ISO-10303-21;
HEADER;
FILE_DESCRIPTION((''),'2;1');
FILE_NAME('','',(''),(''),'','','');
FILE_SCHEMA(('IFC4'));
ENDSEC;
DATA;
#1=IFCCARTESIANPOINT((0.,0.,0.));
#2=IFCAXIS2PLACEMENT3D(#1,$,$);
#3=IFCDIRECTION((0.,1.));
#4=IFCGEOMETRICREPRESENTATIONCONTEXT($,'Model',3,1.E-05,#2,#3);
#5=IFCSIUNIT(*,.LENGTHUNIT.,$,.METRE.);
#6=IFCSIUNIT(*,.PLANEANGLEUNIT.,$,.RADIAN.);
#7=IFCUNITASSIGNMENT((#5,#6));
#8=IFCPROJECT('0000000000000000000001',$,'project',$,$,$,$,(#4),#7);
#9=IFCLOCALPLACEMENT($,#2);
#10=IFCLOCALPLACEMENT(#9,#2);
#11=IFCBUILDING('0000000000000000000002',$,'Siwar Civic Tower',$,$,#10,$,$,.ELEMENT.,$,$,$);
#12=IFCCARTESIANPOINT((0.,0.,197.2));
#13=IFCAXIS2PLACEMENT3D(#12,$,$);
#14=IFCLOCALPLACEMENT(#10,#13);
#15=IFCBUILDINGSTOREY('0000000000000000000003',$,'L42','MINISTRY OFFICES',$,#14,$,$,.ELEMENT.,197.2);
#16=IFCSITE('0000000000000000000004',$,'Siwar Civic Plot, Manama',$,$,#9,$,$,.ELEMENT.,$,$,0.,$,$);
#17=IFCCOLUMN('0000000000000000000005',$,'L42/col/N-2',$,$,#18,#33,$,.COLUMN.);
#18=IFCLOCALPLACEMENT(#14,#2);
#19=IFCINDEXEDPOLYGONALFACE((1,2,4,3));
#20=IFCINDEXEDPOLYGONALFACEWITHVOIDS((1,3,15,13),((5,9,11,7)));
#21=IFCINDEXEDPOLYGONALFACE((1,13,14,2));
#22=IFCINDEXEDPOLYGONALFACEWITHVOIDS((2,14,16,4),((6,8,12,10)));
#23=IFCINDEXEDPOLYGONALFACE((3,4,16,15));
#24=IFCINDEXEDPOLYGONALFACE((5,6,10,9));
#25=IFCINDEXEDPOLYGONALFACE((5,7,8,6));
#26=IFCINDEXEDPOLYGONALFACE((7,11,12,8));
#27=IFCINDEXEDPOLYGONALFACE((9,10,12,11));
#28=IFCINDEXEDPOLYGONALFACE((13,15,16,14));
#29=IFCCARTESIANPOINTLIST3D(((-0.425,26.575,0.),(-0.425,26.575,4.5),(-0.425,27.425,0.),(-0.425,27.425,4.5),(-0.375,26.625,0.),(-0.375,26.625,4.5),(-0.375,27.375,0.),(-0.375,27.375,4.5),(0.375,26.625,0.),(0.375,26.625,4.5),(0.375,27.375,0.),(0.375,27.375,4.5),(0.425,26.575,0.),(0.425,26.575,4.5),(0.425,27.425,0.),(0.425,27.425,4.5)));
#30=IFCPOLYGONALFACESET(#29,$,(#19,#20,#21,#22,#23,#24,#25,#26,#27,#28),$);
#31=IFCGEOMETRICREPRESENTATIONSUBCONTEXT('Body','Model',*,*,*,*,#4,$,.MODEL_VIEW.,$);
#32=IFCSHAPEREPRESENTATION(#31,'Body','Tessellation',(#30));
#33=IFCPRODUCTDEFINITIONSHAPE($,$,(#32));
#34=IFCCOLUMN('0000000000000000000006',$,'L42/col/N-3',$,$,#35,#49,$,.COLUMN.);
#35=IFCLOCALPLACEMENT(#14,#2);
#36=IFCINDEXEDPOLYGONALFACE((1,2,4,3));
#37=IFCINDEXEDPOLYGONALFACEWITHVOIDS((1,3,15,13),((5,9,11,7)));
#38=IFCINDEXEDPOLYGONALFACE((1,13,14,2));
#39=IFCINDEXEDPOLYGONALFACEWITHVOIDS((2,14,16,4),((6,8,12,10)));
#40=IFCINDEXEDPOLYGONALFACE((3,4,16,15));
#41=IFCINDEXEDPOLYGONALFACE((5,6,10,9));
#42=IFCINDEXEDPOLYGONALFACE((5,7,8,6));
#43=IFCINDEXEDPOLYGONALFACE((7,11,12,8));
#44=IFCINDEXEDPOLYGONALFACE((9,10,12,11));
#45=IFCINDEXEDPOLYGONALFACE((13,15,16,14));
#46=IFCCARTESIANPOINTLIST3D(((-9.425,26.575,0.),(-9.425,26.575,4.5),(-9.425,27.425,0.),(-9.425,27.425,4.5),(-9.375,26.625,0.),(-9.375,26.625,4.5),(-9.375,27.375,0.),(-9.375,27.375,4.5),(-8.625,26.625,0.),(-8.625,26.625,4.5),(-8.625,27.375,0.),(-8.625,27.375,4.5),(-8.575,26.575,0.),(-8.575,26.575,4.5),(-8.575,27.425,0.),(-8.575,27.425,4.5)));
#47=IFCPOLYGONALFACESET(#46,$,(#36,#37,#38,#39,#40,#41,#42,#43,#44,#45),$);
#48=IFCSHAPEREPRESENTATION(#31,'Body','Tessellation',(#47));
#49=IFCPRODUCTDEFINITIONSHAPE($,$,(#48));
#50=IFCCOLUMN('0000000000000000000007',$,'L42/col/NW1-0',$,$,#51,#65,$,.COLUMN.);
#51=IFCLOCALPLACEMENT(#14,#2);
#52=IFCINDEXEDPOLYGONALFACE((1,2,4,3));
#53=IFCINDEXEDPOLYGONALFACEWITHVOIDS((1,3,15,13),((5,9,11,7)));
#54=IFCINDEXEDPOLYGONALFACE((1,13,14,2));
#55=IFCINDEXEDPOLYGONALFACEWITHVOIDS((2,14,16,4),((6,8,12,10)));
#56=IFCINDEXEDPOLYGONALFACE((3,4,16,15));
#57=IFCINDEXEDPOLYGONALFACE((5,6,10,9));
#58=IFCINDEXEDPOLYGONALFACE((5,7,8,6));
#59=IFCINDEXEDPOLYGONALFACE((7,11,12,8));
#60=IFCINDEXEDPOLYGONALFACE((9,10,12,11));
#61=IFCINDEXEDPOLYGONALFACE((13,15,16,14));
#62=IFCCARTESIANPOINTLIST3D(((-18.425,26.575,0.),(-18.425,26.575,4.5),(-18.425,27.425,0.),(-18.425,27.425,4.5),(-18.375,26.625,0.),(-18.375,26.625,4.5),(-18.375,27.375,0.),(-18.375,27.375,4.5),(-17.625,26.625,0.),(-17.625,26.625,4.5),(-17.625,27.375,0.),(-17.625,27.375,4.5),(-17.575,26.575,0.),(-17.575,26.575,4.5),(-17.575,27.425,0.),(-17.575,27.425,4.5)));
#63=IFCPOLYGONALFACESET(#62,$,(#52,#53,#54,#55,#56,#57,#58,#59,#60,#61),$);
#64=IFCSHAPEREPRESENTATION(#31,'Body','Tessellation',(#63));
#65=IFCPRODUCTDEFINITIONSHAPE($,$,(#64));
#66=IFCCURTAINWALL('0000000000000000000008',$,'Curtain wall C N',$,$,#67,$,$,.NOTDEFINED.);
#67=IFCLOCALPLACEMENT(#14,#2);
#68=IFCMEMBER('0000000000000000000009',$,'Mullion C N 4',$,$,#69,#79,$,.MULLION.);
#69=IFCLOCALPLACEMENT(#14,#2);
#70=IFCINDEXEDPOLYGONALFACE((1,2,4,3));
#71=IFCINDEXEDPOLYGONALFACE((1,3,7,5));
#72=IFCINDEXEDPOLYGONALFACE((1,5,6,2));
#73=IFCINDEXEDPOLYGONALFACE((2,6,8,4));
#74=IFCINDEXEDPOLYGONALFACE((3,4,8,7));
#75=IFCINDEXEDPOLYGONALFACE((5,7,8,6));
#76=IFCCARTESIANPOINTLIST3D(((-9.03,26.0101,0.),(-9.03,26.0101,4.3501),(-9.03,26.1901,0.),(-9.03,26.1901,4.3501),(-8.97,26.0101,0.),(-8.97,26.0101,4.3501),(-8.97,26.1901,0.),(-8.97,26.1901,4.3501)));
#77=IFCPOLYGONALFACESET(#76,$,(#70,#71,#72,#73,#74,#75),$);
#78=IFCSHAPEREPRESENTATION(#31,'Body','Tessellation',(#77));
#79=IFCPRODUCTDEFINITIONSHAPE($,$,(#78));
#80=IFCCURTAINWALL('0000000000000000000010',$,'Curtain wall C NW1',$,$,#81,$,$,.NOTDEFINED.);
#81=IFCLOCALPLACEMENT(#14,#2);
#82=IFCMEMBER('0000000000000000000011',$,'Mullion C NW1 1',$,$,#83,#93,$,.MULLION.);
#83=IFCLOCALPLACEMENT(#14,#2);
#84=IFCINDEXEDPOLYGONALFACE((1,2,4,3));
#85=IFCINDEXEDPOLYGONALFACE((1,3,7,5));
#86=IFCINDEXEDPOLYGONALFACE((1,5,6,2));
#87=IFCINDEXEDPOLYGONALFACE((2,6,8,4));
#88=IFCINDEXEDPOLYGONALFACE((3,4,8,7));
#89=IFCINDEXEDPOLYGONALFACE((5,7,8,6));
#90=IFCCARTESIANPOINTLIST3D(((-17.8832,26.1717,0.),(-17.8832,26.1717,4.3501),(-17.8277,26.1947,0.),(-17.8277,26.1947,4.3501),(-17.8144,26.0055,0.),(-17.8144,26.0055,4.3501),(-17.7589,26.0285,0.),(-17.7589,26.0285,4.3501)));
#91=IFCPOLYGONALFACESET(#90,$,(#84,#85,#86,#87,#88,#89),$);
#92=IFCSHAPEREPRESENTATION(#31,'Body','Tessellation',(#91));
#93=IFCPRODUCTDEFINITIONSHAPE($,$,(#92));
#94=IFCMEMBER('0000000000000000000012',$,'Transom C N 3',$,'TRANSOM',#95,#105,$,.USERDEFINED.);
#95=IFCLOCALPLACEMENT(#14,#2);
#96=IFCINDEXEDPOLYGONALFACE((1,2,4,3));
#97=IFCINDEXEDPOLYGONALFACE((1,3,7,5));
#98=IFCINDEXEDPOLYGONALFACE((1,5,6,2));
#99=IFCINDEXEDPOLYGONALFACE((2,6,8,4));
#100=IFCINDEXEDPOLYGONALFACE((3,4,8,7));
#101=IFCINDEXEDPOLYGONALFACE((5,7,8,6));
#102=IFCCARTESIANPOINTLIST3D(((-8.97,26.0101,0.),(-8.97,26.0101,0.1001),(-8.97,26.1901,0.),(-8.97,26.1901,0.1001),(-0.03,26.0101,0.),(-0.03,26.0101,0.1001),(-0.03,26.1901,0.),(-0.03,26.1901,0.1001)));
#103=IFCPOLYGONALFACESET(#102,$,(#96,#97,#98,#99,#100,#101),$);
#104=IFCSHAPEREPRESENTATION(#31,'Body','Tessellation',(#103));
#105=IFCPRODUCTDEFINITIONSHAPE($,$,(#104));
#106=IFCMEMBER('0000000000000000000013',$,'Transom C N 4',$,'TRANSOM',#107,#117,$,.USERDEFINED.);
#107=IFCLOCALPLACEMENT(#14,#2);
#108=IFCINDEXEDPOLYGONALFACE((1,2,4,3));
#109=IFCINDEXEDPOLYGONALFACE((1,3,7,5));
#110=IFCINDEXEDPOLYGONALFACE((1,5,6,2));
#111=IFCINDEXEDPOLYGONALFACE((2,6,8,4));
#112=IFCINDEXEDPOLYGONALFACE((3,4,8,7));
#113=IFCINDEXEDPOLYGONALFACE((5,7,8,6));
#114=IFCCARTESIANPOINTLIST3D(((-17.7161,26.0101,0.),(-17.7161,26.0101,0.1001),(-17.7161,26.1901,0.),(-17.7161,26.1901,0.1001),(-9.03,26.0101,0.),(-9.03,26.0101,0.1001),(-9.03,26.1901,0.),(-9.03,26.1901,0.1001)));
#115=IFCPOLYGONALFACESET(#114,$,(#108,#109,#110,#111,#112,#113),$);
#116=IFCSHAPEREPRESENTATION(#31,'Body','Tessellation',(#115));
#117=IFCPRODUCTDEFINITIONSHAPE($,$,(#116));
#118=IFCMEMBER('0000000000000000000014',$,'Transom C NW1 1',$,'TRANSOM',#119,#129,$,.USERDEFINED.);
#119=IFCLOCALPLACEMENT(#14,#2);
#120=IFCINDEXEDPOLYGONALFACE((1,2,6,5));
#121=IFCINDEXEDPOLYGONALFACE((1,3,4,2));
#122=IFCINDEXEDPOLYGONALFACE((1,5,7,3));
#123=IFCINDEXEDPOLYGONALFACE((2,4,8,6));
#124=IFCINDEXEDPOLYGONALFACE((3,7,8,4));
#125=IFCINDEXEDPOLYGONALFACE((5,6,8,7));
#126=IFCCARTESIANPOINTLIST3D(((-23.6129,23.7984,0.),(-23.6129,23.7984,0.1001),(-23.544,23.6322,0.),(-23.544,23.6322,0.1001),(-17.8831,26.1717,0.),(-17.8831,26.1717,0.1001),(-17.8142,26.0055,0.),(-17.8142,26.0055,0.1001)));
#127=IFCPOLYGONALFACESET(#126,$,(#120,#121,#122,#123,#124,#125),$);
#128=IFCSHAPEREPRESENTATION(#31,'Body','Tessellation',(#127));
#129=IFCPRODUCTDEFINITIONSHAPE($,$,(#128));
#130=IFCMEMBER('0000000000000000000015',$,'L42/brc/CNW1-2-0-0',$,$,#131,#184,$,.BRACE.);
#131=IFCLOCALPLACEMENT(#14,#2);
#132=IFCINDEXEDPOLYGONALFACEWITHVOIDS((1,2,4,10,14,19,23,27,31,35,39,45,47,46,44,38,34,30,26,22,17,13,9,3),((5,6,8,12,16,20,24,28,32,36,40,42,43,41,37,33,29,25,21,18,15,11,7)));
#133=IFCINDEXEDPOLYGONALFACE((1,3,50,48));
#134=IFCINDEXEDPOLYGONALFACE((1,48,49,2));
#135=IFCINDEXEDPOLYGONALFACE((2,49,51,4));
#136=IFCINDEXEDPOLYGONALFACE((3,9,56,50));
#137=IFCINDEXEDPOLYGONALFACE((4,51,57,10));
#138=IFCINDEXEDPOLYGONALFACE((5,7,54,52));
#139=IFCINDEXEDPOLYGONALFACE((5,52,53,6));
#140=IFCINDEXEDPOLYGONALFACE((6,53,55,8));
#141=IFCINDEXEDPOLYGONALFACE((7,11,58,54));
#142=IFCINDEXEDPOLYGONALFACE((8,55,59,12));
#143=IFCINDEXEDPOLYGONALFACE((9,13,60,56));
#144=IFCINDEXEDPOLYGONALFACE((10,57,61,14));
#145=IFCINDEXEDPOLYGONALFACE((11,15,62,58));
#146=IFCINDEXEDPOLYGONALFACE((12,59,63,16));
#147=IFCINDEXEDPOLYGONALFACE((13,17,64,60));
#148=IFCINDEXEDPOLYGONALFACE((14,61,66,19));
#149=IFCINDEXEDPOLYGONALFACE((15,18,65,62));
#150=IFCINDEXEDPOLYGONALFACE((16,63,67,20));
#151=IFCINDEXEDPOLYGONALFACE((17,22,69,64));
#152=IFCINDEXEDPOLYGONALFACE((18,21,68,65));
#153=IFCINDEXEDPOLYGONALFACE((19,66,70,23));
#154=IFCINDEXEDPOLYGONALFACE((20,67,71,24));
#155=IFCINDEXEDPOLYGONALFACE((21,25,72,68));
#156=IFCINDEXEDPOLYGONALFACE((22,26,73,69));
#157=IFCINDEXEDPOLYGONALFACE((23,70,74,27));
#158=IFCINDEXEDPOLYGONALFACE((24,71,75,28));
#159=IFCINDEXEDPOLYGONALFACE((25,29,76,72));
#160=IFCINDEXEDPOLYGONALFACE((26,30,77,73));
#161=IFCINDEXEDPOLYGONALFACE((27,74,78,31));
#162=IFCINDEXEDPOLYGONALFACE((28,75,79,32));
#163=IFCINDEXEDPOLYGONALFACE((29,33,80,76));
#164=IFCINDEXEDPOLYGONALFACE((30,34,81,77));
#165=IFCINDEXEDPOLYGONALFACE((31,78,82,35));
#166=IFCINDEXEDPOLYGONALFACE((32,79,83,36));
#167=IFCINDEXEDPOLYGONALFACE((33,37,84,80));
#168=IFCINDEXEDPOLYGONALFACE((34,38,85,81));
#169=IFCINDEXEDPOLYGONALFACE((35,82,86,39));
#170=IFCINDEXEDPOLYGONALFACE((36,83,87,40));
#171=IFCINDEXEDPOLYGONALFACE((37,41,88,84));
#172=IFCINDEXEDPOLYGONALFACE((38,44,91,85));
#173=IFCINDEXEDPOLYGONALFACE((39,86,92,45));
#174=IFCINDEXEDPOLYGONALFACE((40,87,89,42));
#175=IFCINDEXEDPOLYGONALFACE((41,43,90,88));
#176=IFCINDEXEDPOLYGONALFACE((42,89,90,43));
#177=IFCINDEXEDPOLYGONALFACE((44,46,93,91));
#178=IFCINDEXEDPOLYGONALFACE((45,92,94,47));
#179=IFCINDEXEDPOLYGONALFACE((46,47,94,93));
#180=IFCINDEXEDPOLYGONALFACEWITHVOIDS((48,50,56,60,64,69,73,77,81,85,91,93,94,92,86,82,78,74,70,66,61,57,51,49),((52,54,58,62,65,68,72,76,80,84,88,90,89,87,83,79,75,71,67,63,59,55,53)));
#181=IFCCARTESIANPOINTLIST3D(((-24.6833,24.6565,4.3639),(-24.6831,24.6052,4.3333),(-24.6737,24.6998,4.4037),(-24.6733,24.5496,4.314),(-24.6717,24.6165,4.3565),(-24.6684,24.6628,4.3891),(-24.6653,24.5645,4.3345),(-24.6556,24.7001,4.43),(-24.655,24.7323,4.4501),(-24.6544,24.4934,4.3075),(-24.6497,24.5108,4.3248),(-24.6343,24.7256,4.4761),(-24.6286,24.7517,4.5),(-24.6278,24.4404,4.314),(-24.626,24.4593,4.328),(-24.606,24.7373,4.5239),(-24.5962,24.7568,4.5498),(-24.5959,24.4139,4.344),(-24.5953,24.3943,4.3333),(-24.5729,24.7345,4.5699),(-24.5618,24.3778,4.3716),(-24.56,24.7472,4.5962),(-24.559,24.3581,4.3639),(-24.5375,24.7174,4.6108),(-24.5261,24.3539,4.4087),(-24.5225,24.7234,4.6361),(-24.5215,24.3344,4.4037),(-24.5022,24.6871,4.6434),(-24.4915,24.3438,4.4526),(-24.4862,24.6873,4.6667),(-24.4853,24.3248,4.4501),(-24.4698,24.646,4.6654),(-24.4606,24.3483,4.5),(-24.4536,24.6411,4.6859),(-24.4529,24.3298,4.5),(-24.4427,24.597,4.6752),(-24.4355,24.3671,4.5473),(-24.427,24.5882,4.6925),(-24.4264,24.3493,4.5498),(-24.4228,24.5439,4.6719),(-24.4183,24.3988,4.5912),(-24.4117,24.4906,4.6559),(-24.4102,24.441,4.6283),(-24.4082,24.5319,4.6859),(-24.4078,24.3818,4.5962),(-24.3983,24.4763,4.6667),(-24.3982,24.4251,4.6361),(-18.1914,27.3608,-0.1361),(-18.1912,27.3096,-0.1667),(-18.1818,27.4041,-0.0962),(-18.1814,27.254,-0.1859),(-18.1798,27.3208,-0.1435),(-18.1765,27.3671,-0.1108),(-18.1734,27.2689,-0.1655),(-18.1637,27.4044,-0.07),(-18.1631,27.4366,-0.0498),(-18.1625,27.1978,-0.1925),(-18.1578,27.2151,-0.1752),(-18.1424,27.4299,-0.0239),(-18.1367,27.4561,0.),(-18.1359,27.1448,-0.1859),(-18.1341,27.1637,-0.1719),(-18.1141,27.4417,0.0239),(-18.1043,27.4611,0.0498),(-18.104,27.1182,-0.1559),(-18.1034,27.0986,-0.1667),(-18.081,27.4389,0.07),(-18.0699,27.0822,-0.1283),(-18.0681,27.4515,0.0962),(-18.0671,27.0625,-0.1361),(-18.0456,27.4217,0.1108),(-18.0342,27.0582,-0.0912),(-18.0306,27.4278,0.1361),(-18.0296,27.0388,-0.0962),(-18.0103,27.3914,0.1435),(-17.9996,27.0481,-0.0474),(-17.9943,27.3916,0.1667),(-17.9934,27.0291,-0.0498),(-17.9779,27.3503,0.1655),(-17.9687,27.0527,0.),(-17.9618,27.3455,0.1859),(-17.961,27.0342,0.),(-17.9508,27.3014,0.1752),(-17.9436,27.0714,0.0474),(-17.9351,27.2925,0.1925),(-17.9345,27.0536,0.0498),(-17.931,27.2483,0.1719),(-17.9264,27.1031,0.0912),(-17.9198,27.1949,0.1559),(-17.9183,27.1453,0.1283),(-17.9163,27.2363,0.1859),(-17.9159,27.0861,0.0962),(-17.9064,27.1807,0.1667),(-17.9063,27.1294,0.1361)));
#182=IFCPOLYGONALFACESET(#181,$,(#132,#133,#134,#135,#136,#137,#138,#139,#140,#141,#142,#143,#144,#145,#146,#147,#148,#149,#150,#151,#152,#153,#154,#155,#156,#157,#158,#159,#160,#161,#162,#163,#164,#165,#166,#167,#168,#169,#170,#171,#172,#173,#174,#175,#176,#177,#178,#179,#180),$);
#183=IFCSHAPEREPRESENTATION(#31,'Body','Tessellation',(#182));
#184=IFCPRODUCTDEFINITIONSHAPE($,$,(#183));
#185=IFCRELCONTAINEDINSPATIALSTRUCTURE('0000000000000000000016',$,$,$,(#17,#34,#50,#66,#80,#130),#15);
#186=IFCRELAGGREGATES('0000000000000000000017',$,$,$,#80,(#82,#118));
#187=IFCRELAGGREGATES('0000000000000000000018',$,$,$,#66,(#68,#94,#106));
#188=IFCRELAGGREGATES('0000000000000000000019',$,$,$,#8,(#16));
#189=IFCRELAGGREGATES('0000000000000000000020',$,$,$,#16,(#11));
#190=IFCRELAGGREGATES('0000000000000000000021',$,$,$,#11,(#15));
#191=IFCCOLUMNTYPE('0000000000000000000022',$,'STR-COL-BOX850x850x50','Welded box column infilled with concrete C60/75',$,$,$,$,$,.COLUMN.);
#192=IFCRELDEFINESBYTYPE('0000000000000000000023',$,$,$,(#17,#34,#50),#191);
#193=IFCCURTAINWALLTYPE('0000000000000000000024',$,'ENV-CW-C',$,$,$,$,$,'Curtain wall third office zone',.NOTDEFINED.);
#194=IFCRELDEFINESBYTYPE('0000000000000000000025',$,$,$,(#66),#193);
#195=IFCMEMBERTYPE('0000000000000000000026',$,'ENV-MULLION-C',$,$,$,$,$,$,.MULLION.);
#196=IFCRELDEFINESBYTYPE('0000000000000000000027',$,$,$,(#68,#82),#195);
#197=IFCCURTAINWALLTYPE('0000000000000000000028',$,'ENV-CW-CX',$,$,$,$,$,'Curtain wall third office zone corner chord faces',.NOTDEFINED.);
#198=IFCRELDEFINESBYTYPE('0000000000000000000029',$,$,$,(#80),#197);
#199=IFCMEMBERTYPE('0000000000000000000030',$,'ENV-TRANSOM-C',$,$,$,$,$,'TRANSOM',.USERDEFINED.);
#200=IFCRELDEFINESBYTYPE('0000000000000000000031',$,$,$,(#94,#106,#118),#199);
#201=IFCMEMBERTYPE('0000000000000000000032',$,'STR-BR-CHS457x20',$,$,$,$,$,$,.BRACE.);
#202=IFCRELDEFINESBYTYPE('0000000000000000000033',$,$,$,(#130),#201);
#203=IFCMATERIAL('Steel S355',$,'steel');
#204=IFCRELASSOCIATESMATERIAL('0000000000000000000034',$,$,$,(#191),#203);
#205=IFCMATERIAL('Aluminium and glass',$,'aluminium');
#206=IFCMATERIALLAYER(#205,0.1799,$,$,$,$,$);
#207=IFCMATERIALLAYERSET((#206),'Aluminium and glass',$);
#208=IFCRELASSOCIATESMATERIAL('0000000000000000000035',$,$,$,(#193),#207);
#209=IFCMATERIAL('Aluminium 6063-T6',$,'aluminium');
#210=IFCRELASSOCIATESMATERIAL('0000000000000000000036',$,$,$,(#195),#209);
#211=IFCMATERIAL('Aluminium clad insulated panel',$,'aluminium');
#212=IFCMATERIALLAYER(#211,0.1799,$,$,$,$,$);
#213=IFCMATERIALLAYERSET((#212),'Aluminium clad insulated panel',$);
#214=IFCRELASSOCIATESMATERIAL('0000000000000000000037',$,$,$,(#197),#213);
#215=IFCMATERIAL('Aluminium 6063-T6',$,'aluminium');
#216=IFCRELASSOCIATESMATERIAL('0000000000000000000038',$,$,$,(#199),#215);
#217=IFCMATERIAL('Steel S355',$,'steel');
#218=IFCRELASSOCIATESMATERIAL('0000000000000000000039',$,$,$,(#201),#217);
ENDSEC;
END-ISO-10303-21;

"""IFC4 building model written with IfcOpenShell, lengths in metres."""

from ifc_helpers import new_model, si_unit, direction, frame, origin, origin_2d, place, context, subcontext, project, spatial, rectangle, hollow_rectangle, hollow_circle, extrude, material, layer, layer_set, material_profile, profile_set, type_object, element, aggregate, save


model = new_model("IFC4")

# Units and contexts
model_context = context("Model", 3, precision=1e-05, world=origin(), true_north=direction((0.0, 1.0)))
body_context = subcontext(model_context, "Body", "Model", "MODEL_VIEW")
ifc_project = project(units=[si_unit("LENGTHUNIT", "METRE"), si_unit("PLANEANGLEUNIT", "RADIAN")], contexts=[model_context])

# Site, building, storey
site_placement = place(None, origin())
site = spatial("IfcSite", under=ifc_project, at=site_placement, Name="Siwar Civic Plot, Manama", CompositionType="ELEMENT", RefElevation=0.0)
building_placement = place(site_placement, origin())
building = spatial("IfcBuilding", under=site, at=building_placement, Name="Siwar Civic Tower", CompositionType="ELEMENT")
storey_placement = place(building_placement, frame((0.0, 0.0, 197.2)))
storey = spatial("IfcBuildingStorey", under=building, at=storey_placement, Name="L42", Description="MINISTRY OFFICES", CompositionType="ELEMENT", Elevation=197.2)

# Columns
ifc_material_1 = material(Name="Steel S355", Category="steel")
ifc_material_profile_1 = material_profile(ifc_material_1, hollow_rectangle(XDim=0.8501, YDim=0.8501, WallThickness=0.05, at=origin_2d()), Name="BOX850x850x50")
ifc_profile_set_1 = profile_set([ifc_material_profile_1], Name="Steel S355")
column_type = type_object("IfcColumnType", Name="STR-COL-BOX850x850x50", Description="Welded box column infilled with concrete C60/75", PredefinedType="COLUMN", material=ifc_profile_set_1)
for number, where, z_axis, x_axis, name in (
    (1, (0.0, 27.0, 0.0), (0.0, 0.0, 1.0), (1.0, 0.0, 0.0), "L42/col/N-2"),
    (2, (-9.0, 27.0, 0.0), (0.0, 0.0, 1.0), (1.0, 0.0, 0.0), "L42/col/N-3"),
    (3, (-18.0, 27.0, 0.0), (0.0, 0.0, 1.0), (1.0, 0.0, 0.0), "L42/col/NW1-0"),
):
    element("IfcColumn", number, at=place(storey_placement, frame(where, z_axis=z_axis, x_axis=x_axis)), inside=storey, type_object=column_type, Name=name, PredefinedType="COLUMN", context=body_context, shape_type="SweptSolid", body=[
        extrude(hollow_rectangle(XDim=0.8501, YDim=0.8501, WallThickness=0.05, at=origin_2d()), origin(), (0.0, 0.0, 1.0), 4.5),
    ])

# Curtain walls, members
ifc_material_2 = material(Name="Aluminium and glass", Category="aluminium")
ifc_layer_1 = layer(ifc_material_2, 0.1799)
ifc_layer_set_1 = layer_set([ifc_layer_1], Name="Aluminium and glass")
curtain_wall_type_1 = type_object("IfcCurtainWallType", Name="ENV-CW-C", ElementType="Curtain wall third office zone", PredefinedType="NOTDEFINED", material=ifc_layer_set_1)
curtain_wall_1_placement = place(storey_placement, origin())
curtain_wall_1 = element("IfcCurtainWall", 4, at=curtain_wall_1_placement, inside=storey, type_object=curtain_wall_type_1, Name="Curtain wall C N", PredefinedType="NOTDEFINED")
ifc_material_3 = material(Name="Aluminium 6063-T6", Category="aluminium")
ifc_material_profile_2 = material_profile(ifc_material_3, rectangle(XDim=0.1799, YDim=0.0601, at=origin_2d()), Name="AL 180x60")
ifc_profile_set_2 = profile_set([ifc_material_profile_2], Name="Aluminium 6063-T6")
member_type_1 = type_object("IfcMemberType", Name="ENV-MULLION-C", PredefinedType="MULLION", material=ifc_profile_set_2)
member_1_placement = place(storey_placement, frame((-9.0, 26.1001, 0.0), z_axis=(0.0, 0.0, 1.0), x_axis=(0.0, -1.0, 0.0)))
member_1 = element("IfcMember", 5, at=member_1_placement, type_object=member_type_1, Name="Mullion C N 4", PredefinedType="MULLION", context=body_context, shape_type="SweptSolid", body=[
    extrude(rectangle(XDim=0.1799, YDim=0.0601, at=origin_2d()), origin(), (0.0, 0.0, 1.0), 4.3501),
])
ifc_material_4 = material(Name="Aluminium clad insulated panel", Category="aluminium")
ifc_layer_2 = layer(ifc_material_4, 0.1799)
ifc_layer_set_2 = layer_set([ifc_layer_2], Name="Aluminium clad insulated panel")
curtain_wall_type_2 = type_object("IfcCurtainWallType", Name="ENV-CW-CX", ElementType="Curtain wall third office zone corner chord faces", PredefinedType="NOTDEFINED", material=ifc_layer_set_2)
curtain_wall_2_placement = place(storey_placement, origin())
curtain_wall_2 = element("IfcCurtainWall", 6, at=curtain_wall_2_placement, inside=storey, type_object=curtain_wall_type_2, Name="Curtain wall C NW1", PredefinedType="NOTDEFINED")
member_2_placement = place(storey_placement, frame((-17.821, 26.1001, 0.0), z_axis=(0.0, 0.0, 1.0), x_axis=(0.382683, -0.92388, 0.0)))
member_2 = element("IfcMember", 7, at=member_2_placement, type_object=member_type_1, Name="Mullion C NW1 1", PredefinedType="MULLION", context=body_context, shape_type="SweptSolid", body=[
    extrude(rectangle(XDim=0.1799, YDim=0.0601, at=origin_2d()), origin(), (0.0, 0.0, 1.0), 4.3501),
])

# Members
ifc_material_5 = material(Name="Aluminium 6063-T6", Category="aluminium")
ifc_material_profile_3 = material_profile(ifc_material_5, rectangle(XDim=0.1799, YDim=0.1001, at=origin_2d()), Name="AL 180x100")
ifc_profile_set_3 = profile_set([ifc_material_profile_3], Name="Aluminium 6063-T6")
member_type_2 = type_object("IfcMemberType", Name="ENV-TRANSOM-C", ElementType="TRANSOM", PredefinedType="USERDEFINED", material=ifc_profile_set_3)
member_3_placement = place(storey_placement, frame((-0.03, 26.1001, 0.05), z_axis=(-1.0, 0.0, 0.0), x_axis=(0.0, -1.0, 0.0)))
member_3 = element("IfcMember", 8, at=member_3_placement, type_object=member_type_2, Name="Transom C N 3", ObjectType="TRANSOM", PredefinedType="USERDEFINED", context=body_context, shape_type="SweptSolid", body=[
    extrude(rectangle(XDim=0.1799, YDim=0.1001, at=origin_2d()), origin(), (0.0, 0.0, 1.0), 8.9399),
])
member_4_placement = place(storey_placement, frame((-9.03, 26.1001, 0.05), z_axis=(-1.0, 0.0, 0.0), x_axis=(0.0, -1.0, 0.0)))
member_4 = element("IfcMember", 9, at=member_4_placement, type_object=member_type_2, Name="Transom C N 4", ObjectType="TRANSOM", PredefinedType="USERDEFINED", context=body_context, shape_type="SweptSolid", body=[
    extrude(rectangle(XDim=0.1799, YDim=0.1001, at=origin_2d()), origin(), (0.0, 0.0, 1.0), 8.686),
])
member_5_placement = place(storey_placement, frame((-17.8486, 26.0886, 0.05), z_axis=(-0.923882, -0.382677, 0.0), x_axis=(0.382677, -0.923882, 0.0)))
member_5 = element("IfcMember", 10, at=member_5_placement, type_object=member_type_2, Name="Transom C NW1 1", ObjectType="TRANSOM", PredefinedType="USERDEFINED", context=body_context, shape_type="SweptSolid", body=[
    extrude(rectangle(XDim=0.1799, YDim=0.1001, at=origin_2d()), origin(), (0.0, 0.0, 1.0), 6.2019),
])
aggregate(curtain_wall_2, [member_2, member_5])
ifc_material_6 = material(Name="Steel S355", Category="steel")
ifc_material_profile_4 = material_profile(ifc_material_6, hollow_circle(Radius=0.2285, WallThickness=0.02, at=origin_2d()), Name="CHS457x20")
ifc_profile_set_4 = profile_set([ifc_material_profile_4], Name="Steel S355")
member_type_3 = type_object("IfcMemberType", Name="STR-BR-CHS457x20", PredefinedType="BRACE", material=ifc_profile_set_4)
member_6_placement = place(storey_placement, frame((-18.0488, 27.2451, 0.0), z_axis=(-0.777555, -0.323906, 0.538975), x_axis=(0.384539, -0.923109, 0.0)))
element("IfcMember", 11, at=member_6_placement, inside=storey, type_object=member_type_3, Name="L42/brc/CNW1-2-0-0", PredefinedType="BRACE", context=body_context, shape_type="SweptSolid", body=[
    extrude(hollow_circle(Radius=0.2285, WallThickness=0.02, at=origin_2d()), origin(), (0.0, 0.0, 1.0), 8.3491),
])

aggregate(curtain_wall_1, [member_1, member_3, member_4])

save(model, "model.ifc")
